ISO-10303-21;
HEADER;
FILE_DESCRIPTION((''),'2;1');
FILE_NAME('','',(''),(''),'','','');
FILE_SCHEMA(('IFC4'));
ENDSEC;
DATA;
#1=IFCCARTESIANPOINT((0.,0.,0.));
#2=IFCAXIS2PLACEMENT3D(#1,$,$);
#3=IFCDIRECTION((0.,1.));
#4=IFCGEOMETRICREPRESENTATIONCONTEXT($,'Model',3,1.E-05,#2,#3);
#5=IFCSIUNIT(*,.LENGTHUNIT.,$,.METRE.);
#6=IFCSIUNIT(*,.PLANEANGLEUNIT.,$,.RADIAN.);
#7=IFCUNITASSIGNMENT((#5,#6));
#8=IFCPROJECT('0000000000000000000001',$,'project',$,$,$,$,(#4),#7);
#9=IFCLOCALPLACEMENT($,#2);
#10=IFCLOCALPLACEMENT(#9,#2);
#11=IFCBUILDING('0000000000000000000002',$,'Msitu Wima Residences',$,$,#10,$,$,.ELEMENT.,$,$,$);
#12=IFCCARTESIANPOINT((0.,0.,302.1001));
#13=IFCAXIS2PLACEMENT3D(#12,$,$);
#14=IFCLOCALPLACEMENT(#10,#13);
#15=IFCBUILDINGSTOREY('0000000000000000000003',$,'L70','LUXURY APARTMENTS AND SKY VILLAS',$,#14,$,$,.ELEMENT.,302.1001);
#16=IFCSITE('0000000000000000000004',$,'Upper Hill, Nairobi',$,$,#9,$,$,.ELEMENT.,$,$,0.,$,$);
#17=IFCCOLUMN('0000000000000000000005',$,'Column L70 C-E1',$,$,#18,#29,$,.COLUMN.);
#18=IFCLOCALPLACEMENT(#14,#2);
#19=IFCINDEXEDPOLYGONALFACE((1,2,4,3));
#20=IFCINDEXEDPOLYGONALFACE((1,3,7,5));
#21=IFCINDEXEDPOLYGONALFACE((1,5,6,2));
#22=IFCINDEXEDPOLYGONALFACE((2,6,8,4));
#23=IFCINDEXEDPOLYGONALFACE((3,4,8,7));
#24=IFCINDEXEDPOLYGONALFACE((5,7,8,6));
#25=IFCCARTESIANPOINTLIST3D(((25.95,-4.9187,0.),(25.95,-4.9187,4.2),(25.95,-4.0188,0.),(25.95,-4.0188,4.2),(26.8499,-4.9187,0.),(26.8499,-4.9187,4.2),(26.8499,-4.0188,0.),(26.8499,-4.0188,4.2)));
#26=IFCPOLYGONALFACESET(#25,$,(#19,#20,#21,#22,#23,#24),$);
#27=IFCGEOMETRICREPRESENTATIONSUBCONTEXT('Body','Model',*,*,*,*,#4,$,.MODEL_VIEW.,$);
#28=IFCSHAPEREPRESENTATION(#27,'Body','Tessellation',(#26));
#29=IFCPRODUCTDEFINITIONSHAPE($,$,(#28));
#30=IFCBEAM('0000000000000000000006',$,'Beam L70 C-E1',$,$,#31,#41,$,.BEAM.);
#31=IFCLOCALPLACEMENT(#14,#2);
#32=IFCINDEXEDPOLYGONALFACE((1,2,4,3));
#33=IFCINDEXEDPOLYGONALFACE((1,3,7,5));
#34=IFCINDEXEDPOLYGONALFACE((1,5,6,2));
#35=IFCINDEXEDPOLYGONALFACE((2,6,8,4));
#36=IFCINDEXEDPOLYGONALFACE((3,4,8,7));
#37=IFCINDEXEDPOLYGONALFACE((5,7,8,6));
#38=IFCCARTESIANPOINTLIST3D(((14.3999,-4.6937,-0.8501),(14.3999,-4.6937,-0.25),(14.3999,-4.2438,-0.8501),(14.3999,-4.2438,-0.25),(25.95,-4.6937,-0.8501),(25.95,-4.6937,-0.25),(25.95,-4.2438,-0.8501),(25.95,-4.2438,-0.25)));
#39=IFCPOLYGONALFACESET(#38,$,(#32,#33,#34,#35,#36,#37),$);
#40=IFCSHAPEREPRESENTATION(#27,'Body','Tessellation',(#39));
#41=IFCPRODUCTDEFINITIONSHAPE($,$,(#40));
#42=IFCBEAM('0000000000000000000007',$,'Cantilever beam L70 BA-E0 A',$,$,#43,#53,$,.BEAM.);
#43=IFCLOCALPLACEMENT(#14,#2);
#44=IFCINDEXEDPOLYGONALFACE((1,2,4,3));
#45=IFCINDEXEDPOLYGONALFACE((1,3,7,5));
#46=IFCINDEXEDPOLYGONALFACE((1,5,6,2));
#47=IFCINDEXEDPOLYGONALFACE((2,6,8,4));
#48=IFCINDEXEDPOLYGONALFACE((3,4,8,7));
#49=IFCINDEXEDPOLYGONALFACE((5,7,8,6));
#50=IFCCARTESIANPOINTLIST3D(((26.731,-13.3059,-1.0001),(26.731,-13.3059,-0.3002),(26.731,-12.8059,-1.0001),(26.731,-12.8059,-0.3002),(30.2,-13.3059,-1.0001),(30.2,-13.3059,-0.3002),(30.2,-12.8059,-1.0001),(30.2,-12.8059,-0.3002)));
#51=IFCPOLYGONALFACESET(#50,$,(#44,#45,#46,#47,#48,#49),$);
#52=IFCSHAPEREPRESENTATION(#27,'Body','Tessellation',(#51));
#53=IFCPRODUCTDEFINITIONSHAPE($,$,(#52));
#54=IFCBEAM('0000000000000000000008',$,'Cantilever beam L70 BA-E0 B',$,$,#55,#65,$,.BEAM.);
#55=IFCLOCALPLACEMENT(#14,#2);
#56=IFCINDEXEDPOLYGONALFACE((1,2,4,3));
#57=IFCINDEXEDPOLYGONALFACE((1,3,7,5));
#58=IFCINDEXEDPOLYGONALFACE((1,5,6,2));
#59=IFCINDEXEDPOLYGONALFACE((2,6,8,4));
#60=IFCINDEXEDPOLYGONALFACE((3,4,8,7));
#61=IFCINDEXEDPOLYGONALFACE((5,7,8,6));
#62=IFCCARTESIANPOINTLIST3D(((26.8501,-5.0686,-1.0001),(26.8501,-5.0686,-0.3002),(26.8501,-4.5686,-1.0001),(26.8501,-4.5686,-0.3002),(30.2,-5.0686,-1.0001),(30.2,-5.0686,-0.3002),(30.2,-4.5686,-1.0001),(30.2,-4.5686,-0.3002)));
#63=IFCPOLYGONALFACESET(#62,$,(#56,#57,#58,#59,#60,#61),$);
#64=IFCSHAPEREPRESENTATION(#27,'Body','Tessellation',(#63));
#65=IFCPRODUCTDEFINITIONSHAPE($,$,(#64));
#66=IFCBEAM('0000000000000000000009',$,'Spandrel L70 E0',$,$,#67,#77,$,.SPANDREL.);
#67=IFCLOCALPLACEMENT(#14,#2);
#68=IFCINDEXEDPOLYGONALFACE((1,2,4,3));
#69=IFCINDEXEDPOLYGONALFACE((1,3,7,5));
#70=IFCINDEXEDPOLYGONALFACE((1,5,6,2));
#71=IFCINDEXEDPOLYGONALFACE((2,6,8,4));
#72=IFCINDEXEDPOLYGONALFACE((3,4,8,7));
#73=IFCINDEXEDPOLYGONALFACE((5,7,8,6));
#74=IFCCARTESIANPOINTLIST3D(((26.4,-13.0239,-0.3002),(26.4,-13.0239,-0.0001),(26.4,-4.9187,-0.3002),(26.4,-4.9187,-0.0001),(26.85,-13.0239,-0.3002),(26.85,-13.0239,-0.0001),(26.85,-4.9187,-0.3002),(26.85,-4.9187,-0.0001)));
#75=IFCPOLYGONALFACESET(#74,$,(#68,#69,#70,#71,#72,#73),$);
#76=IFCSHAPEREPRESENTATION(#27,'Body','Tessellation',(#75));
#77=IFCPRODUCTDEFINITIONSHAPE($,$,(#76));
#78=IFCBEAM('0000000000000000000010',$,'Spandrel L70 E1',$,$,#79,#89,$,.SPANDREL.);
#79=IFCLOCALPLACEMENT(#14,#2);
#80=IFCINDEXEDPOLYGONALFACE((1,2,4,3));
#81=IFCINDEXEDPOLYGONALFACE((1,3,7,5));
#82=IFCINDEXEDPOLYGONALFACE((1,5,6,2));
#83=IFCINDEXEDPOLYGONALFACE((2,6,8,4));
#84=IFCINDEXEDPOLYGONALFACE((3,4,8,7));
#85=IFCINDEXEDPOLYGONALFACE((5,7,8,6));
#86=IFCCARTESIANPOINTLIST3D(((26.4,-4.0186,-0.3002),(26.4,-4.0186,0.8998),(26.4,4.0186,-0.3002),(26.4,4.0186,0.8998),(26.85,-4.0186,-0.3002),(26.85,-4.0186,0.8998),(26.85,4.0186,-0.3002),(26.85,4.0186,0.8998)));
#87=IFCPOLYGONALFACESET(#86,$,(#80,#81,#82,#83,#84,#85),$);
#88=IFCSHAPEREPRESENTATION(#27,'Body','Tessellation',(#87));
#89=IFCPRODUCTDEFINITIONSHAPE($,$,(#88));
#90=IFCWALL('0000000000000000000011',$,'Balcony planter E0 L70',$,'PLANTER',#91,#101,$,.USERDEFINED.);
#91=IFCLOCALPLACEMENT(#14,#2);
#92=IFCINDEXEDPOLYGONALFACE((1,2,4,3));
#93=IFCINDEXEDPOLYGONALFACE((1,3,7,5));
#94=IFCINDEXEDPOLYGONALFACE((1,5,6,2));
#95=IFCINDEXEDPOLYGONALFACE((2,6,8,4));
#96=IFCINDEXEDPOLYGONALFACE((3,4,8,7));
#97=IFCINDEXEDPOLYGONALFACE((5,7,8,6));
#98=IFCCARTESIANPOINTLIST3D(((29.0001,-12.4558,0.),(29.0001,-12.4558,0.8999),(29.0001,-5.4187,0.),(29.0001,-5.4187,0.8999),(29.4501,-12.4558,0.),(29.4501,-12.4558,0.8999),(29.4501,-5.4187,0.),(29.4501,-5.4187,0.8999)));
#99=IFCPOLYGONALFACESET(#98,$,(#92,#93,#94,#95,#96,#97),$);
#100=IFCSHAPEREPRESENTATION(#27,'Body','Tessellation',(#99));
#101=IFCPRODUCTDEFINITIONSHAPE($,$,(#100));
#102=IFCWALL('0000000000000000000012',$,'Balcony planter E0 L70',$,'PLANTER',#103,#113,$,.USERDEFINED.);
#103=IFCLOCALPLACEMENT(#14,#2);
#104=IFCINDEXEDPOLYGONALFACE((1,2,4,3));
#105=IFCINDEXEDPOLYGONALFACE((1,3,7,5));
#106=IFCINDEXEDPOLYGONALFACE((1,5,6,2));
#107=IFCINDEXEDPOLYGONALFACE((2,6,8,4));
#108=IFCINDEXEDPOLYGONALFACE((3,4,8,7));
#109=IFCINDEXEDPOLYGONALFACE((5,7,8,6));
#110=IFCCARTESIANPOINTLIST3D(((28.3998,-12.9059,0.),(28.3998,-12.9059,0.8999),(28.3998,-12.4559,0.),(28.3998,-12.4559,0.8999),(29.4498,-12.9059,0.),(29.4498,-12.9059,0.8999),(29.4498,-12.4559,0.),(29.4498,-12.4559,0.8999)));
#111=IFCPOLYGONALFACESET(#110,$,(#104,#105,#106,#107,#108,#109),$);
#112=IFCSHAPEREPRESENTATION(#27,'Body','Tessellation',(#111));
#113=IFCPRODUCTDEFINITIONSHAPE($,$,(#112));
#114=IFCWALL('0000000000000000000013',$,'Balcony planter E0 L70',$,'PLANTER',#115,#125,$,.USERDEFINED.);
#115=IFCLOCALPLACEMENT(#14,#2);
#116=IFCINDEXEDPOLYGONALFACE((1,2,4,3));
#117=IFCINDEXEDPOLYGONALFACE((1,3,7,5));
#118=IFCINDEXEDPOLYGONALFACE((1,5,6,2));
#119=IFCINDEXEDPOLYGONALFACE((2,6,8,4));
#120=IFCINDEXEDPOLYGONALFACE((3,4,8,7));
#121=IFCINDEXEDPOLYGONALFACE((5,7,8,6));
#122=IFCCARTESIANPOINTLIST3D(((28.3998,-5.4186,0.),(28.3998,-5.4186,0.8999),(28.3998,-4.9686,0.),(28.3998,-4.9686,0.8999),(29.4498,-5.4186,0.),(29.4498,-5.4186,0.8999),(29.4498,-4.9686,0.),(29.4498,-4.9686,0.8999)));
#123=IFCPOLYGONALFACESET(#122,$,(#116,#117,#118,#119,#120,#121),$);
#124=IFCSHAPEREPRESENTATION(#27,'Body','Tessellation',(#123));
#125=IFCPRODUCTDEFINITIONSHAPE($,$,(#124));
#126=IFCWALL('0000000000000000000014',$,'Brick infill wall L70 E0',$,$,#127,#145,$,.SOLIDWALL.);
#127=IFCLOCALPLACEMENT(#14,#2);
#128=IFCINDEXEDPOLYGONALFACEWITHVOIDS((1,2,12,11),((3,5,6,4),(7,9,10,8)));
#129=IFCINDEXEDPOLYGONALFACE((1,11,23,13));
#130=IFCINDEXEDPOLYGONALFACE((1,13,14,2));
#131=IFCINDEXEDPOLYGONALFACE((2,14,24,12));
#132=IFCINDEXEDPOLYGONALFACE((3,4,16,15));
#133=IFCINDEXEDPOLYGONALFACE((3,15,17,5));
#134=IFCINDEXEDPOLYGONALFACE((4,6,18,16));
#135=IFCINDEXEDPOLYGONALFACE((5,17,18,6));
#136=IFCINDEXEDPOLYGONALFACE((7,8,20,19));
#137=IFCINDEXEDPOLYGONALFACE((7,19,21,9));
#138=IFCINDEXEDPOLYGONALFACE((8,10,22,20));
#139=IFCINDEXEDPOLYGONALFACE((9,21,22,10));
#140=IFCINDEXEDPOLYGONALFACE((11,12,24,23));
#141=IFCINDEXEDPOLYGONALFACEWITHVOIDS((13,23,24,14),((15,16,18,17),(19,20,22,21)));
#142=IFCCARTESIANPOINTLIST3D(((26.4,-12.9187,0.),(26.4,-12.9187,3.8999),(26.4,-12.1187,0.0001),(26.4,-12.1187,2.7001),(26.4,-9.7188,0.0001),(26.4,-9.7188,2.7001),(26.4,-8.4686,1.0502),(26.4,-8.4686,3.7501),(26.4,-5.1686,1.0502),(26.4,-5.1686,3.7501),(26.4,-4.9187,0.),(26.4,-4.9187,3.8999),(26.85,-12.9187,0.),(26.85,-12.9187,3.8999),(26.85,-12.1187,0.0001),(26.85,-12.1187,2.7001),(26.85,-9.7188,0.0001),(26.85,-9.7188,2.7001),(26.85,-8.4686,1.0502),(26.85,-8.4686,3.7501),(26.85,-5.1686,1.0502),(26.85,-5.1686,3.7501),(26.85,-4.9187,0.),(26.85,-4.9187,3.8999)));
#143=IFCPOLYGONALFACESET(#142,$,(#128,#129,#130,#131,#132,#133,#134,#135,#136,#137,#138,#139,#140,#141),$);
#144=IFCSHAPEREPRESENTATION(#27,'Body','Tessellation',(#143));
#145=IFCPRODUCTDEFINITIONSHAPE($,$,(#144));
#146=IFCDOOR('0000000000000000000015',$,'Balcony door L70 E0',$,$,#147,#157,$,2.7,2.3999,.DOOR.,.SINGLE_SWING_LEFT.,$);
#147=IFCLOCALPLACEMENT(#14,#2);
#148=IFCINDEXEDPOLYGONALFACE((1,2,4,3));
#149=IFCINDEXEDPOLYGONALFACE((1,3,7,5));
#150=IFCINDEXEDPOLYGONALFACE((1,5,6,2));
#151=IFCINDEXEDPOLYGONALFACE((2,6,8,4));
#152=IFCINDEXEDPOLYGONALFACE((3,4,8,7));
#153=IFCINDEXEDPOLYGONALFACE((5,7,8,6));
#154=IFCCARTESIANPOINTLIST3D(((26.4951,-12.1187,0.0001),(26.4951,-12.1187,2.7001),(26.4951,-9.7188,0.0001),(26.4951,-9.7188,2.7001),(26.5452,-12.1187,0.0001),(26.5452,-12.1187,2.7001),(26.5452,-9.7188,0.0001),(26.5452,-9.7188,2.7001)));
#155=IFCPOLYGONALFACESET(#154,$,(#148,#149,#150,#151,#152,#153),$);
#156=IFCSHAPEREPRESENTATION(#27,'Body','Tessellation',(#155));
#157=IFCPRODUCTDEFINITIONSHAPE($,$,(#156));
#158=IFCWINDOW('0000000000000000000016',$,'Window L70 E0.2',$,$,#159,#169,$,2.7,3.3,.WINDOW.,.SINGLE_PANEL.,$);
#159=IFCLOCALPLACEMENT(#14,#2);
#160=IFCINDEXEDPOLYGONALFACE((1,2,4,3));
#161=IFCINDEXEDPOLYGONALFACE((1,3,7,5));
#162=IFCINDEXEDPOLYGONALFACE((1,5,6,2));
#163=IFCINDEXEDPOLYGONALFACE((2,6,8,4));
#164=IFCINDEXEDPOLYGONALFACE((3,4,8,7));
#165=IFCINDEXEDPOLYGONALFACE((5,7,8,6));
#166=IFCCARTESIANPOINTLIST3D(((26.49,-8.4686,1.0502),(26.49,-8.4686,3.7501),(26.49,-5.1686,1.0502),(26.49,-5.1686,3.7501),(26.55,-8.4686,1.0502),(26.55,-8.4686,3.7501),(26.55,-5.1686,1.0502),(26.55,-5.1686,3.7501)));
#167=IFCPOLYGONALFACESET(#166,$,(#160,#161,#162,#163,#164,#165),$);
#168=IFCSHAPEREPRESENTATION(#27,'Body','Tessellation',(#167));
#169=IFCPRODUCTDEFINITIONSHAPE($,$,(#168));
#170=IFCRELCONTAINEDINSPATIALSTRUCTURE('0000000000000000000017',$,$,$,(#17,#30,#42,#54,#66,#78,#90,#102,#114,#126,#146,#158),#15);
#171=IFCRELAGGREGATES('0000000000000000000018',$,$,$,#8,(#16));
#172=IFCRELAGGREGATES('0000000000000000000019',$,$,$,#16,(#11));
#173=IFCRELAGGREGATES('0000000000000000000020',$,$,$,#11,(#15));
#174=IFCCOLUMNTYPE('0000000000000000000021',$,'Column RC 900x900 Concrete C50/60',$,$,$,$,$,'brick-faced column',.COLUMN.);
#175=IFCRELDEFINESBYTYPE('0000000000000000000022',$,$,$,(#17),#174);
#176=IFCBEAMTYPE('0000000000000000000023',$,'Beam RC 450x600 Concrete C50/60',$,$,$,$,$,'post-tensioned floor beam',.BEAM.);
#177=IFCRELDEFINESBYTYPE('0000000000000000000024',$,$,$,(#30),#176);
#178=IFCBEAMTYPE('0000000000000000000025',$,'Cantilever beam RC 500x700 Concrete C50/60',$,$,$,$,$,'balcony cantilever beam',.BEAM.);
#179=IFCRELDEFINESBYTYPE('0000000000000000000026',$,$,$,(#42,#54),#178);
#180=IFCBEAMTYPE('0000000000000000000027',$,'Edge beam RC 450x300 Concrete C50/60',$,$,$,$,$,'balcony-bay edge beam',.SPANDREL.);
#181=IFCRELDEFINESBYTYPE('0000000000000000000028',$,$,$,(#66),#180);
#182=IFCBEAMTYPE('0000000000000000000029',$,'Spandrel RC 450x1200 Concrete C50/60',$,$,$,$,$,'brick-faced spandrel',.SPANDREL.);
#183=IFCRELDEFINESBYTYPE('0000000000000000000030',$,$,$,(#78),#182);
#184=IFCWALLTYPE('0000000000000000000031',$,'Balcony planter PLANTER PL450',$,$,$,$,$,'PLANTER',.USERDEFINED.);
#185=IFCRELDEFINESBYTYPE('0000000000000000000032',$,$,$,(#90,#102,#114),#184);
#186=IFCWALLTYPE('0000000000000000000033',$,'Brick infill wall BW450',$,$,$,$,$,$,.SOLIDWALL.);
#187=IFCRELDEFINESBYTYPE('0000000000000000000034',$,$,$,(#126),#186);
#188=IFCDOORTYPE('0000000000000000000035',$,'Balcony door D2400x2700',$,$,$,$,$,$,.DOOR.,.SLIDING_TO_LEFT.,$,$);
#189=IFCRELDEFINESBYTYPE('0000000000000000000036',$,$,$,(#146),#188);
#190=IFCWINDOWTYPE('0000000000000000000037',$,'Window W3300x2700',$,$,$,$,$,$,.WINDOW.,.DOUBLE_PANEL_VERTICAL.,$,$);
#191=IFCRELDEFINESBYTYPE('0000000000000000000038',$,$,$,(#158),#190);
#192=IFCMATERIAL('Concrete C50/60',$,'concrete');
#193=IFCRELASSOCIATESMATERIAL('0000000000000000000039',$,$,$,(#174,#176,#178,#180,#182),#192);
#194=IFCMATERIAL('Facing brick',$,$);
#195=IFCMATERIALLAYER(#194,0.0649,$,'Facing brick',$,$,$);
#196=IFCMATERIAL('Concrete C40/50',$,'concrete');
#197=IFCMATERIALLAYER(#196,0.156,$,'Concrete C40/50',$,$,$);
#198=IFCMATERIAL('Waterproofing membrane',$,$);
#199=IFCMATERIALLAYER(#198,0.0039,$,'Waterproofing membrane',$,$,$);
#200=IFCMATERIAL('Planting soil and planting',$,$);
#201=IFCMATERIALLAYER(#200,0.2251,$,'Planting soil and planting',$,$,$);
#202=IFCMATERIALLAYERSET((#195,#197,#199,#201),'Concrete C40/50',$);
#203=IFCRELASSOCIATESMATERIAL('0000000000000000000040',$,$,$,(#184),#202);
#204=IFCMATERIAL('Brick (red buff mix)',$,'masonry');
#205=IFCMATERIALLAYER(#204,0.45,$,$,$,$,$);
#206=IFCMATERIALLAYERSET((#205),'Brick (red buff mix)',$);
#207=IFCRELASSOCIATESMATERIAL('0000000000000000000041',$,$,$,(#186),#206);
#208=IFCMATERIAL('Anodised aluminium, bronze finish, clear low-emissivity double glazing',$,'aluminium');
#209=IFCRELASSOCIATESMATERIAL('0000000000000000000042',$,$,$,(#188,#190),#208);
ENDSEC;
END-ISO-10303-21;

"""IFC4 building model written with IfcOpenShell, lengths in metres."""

from ifc_helpers import new_model, si_unit, direction, frame, frame_2d, origin, origin_2d, place, context, subcontext, project, spatial, rectangle, extrude, material, layer, layer_set, material_profile, profile_set, type_object, element, fill, save


model = new_model("IFC4")

# Units and contexts
model_context = context("Model", 3, precision=1e-05, world=origin(), true_north=direction((0.0, 1.0)))
body_context = subcontext(model_context, "Body", "Model", "MODEL_VIEW")
ifc_project = project(units=[si_unit("LENGTHUNIT", "METRE"), si_unit("PLANEANGLEUNIT", "RADIAN")], contexts=[model_context])

# Site, building, storey
site_placement = place(None, origin())
site = spatial("IfcSite", under=ifc_project, at=site_placement, Name="Upper Hill, Nairobi", CompositionType="ELEMENT", RefElevation=0.0)
building_placement = place(site_placement, origin())
building = spatial("IfcBuilding", under=site, at=building_placement, Name="Msitu Wima Residences", CompositionType="ELEMENT")
storey_placement = place(building_placement, frame((0.0, 0.0, 302.1001)))
storey = spatial("IfcBuildingStorey", under=building, at=storey_placement, Name="L70", Description="LUXURY APARTMENTS AND SKY VILLAS", CompositionType="ELEMENT", Elevation=302.1001)

# Column
ifc_material_1 = material(Name="Concrete C50/60", Category="concrete")
ifc_material_profile_1 = material_profile(ifc_material_1, rectangle(XDim=0.8999, YDim=0.8999, at=origin_2d()), Name="RC 900x900")
ifc_profile_set_1 = profile_set([ifc_material_profile_1], Name="Concrete C50/60")
column_type = type_object("IfcColumnType", Name="Column RC 900x900 Concrete C50/60", ElementType="brick-faced column", PredefinedType="COLUMN", material=ifc_profile_set_1)
column_placement = place(storey_placement, frame((26.3999, -4.4688, 0.0), z_axis=(0.0, 0.0, 1.0), x_axis=(0.0, 1.0, 0.0)))
element("IfcColumn", 1, at=column_placement, inside=storey, type_object=column_type, Name="Column L70 C-E1", PredefinedType="COLUMN", context=body_context, shape_type="SweptSolid", body=[
    extrude(rectangle(XDim=0.8999, YDim=0.8999, at=origin_2d()), origin(), (0.0, 0.0, 1.0), 4.2),
])

# Beams
ifc_material_profile_2 = material_profile(ifc_material_1, rectangle(XDim=0.45, YDim=0.6001, at=origin_2d()), Name="RC 450x600")
ifc_profile_set_2 = profile_set([ifc_material_profile_2], Name="Concrete C50/60")
beam_type_1 = type_object("IfcBeamType", Name="Beam RC 450x600 Concrete C50/60", ElementType="post-tensioned floor beam", PredefinedType="BEAM", material=ifc_profile_set_2)
beam_1_placement = place(storey_placement, frame((25.95, -4.4688, -0.55), z_axis=(-1.0, 0.0, 0.0), x_axis=(0.0, -1.0, 0.0)))
element("IfcBeam", 2, at=beam_1_placement, inside=storey, type_object=beam_type_1, Name="Beam L70 C-E1", PredefinedType="BEAM", context=body_context, shape_type="SweptSolid", body=[
    extrude(rectangle(XDim=0.45, YDim=0.6001, at=origin_2d()), origin(), (0.0, 0.0, 1.0), 11.55),
])
ifc_material_profile_3 = material_profile(ifc_material_1, rectangle(XDim=0.5, YDim=0.7, at=origin_2d()), Name="RC 500x700")
ifc_profile_set_3 = profile_set([ifc_material_profile_3], Name="Concrete C50/60")
beam_type_2 = type_object("IfcBeamType", Name="Cantilever beam RC 500x700 Concrete C50/60", ElementType="balcony cantilever beam", PredefinedType="BEAM", material=ifc_profile_set_3)
beam_2_placement = place(storey_placement, frame((26.731, -13.0559, -0.6501), z_axis=(1.0, 0.0, 0.0), x_axis=(0.0, 1.0, 0.0)))
element("IfcBeam", 3, at=beam_2_placement, inside=storey, type_object=beam_type_2, Name="Cantilever beam L70 BA-E0 A", PredefinedType="BEAM", context=body_context, shape_type="SweptSolid", body=[
    extrude(rectangle(XDim=0.5, YDim=0.7, at=origin_2d()), origin(), (0.0, 0.0, 1.0), 3.469),
])
beam_3_placement = place(storey_placement, frame((26.8501, -4.8186, -0.6501), z_axis=(1.0, 0.0, 0.0), x_axis=(0.0, 1.0, 0.0)))
element("IfcBeam", 4, at=beam_3_placement, inside=storey, type_object=beam_type_2, Name="Cantilever beam L70 BA-E0 B", PredefinedType="BEAM", context=body_context, shape_type="SweptSolid", body=[
    extrude(rectangle(XDim=0.5, YDim=0.7, at=origin_2d()), origin(), (0.0, 0.0, 1.0), 3.3499),
])
ifc_material_profile_4 = material_profile(ifc_material_1, rectangle(XDim=0.45, YDim=0.3, at=origin_2d()), Name="RC 450x300")
ifc_profile_set_4 = profile_set([ifc_material_profile_4], Name="Concrete C50/60")
beam_type_3 = type_object("IfcBeamType", Name="Edge beam RC 450x300 Concrete C50/60", ElementType="balcony-bay edge beam", PredefinedType="SPANDREL", material=ifc_profile_set_4)
beam_4_placement = place(storey_placement, frame((26.625, -13.0239, -0.1501), z_axis=(0.0, 1.0, 0.0), x_axis=(-1.0, 0.0, 0.0)))
element("IfcBeam", 5, at=beam_4_placement, inside=storey, type_object=beam_type_3, Name="Spandrel L70 E0", PredefinedType="SPANDREL", context=body_context, shape_type="SweptSolid", body=[
    extrude(rectangle(XDim=0.45, YDim=0.3, at=origin_2d()), origin(), (0.0, 0.0, 1.0), 8.1052),
])
ifc_material_profile_5 = material_profile(ifc_material_1, rectangle(XDim=0.45, YDim=1.2, at=origin_2d()), Name="RC 450x1200")
ifc_profile_set_5 = profile_set([ifc_material_profile_5], Name="Concrete C50/60")
beam_type_4 = type_object("IfcBeamType", Name="Spandrel RC 450x1200 Concrete C50/60", ElementType="brick-faced spandrel", PredefinedType="SPANDREL", material=ifc_profile_set_5)
beam_5_placement = place(storey_placement, frame((26.625, -4.0186, 0.2998), z_axis=(0.0, 1.0, 0.0), x_axis=(-1.0, 0.0, 0.0)))
element("IfcBeam", 6, at=beam_5_placement, inside=storey, type_object=beam_type_4, Name="Spandrel L70 E1", PredefinedType="SPANDREL", context=body_context, shape_type="SweptSolid", body=[
    extrude(rectangle(XDim=0.45, YDim=1.2, at=origin_2d()), origin(), (0.0, 0.0, 1.0), 8.0371),
])

# Walls
ifc_material_2 = material(Name="Facing brick")
ifc_layer_1 = layer(ifc_material_2, 0.0649, Name="Facing brick")
ifc_material_3 = material(Name="Concrete C40/50", Category="concrete")
ifc_layer_2 = layer(ifc_material_3, 0.156, Name="Concrete C40/50")
ifc_material_4 = material(Name="Waterproofing membrane")
ifc_layer_3 = layer(ifc_material_4, 0.0039, Name="Waterproofing membrane")
ifc_material_5 = material(Name="Planting soil and planting")
ifc_layer_4 = layer(ifc_material_5, 0.2251, Name="Planting soil and planting")
ifc_layer_set_1 = layer_set([ifc_layer_1, ifc_layer_2, ifc_layer_3, ifc_layer_4], Name="Concrete C40/50")
wall_type_1 = type_object("IfcWallType", Name="Balcony planter PLANTER PL450", ElementType="PLANTER", PredefinedType="USERDEFINED", material=ifc_layer_set_1)
wall_1_placement = place(storey_placement, frame((29.2251, -12.4558, 0.0), z_axis=(0.0, 0.0, 1.0), x_axis=(0.0, 1.0, 0.0)))
element("IfcWall", 7, at=wall_1_placement, inside=storey, type_object=wall_type_1, Name="Balcony planter E0 L70", ObjectType="PLANTER", PredefinedType="USERDEFINED", context=body_context, shape_type="SweptSolid", body=[
    extrude(rectangle(XDim=7.0371, YDim=0.45, at=frame_2d((3.5186, 0.0))), origin(), (0.0, 0.0, 1.0), 0.8999),
])
for number, where, z_axis, x_axis, name in (
    (8, (28.3999, -12.6809, 0.0), (0.0, 0.0, 1.0), (1.0, 0.0, 0.0), "Balcony planter E0 L70"),
    (9, (28.3999, -5.1936, 0.0), (0.0, 0.0, 1.0), (1.0, 0.0, 0.0), "Balcony planter E0 L70"),
):
    element("IfcWall", number, at=place(storey_placement, frame(where, z_axis=z_axis, x_axis=x_axis)), inside=storey, type_object=wall_type_1, Name=name, ObjectType="PLANTER", PredefinedType="USERDEFINED", context=body_context, shape_type="SweptSolid", body=[
        extrude(rectangle(XDim=1.05, YDim=0.45, at=frame_2d((0.5249, 0.0))), origin(), (0.0, 0.0, 1.0), 0.8999),
    ])

# Wall, openings, door, window
ifc_material_6 = material(Name="Brick (red buff mix)", Category="masonry")
ifc_layer_5 = layer(ifc_material_6, 0.45)
ifc_layer_set_2 = layer_set([ifc_layer_5], Name="Brick (red buff mix)")
wall_type_2 = type_object("IfcWallType", Name="Brick infill wall BW450", PredefinedType="SOLIDWALL", material=ifc_layer_set_2)
wall_2_placement = place(storey_placement, frame((26.625, -12.9187, 0.0), z_axis=(0.0, 0.0, 1.0), x_axis=(0.0, 1.0, 0.0)))
wall_2 = element("IfcWall", 10, at=wall_2_placement, inside=storey, type_object=wall_type_2, Name="Brick infill wall L70 E0", PredefinedType="SOLIDWALL", context=body_context, shape_type="SweptSolid", body=[
    extrude(rectangle(XDim=8.0, YDim=0.45, at=frame_2d((4.0, 0.0))), origin(), (0.0, 0.0, 1.0), 3.8999),
])
opening_1_placement = place(wall_2_placement, frame((0.8, 0.0, 0.0)))
opening_1 = element("IfcOpeningElement", 11, at=opening_1_placement, cuts=wall_2, PredefinedType="OPENING", context=body_context, shape_type="SweptSolid", body=[
    extrude(rectangle(XDim=2.3999, YDim=2.7, at=frame_2d((1.2, 1.3501))), frame((0.0, 0.2349, 0.0), z_axis=(0.0, -1.0, 0.0), x_axis=(1.0, 0.0, 0.0)), (0.0, 0.0, 1.0), 0.47),
])
opening_2_placement = place(wall_2_placement, frame((4.4502, 0.0, 1.05)))
opening_2 = element("IfcOpeningElement", 12, at=opening_2_placement, cuts=wall_2, PredefinedType="OPENING", context=body_context, shape_type="SweptSolid", body=[
    extrude(rectangle(XDim=3.3, YDim=2.7, at=frame_2d((1.6499, 1.3501))), frame((0.0, 0.2349, 0.0), z_axis=(0.0, -1.0, 0.0), x_axis=(1.0, 0.0, 0.0)), (0.0, 0.0, 1.0), 0.47),
])
ifc_material_7 = material(Name="Anodised aluminium, bronze finish, clear low-emissivity double glazing", Category="aluminium")
door_type_1 = type_object("IfcDoorType", Name="Balcony door D2400x2700", OperationType="SLIDING_TO_LEFT", PredefinedType="DOOR", material=ifc_material_7)
door_1_placement = place(opening_1_placement, origin())
door_1 = element("IfcDoor", 13, at=door_1_placement, inside=storey, type_object=door_type_1, Name="Balcony door L70 E0", OperationType="SINGLE_SWING_LEFT", OverallHeight=2.7, OverallWidth=2.3999, PredefinedType="DOOR", context=body_context, shape_type="SweptSolid", body=[
    extrude(rectangle(XDim=2.3999, YDim=2.7, at=frame_2d((1.2, 1.3501))), frame((0.0, 0.1299, 0.0), z_axis=(0.0, -1.0, 0.0), x_axis=(1.0, 0.0, 0.0)), (0.0, 0.0, 1.0), 0.05),
])
fill(opening_1, door_1)
window_type = type_object("IfcWindowType", Name="Window W3300x2700", PartitioningType="DOUBLE_PANEL_VERTICAL", PredefinedType="WINDOW", material=ifc_material_7)
window_1_placement = place(opening_2_placement, origin())
window_1 = element("IfcWindow", 14, at=window_1_placement, inside=storey, type_object=window_type, Name="Window L70 E0.2", OverallHeight=2.7, OverallWidth=3.3, PartitioningType="SINGLE_PANEL", PredefinedType="WINDOW", context=body_context, shape_type="SweptSolid", body=[
    extrude(rectangle(XDim=3.3, YDim=2.7, at=frame_2d((1.6499, 1.3501))), frame((0.0, 0.135, 0.0), z_axis=(0.0, -1.0, 0.0), x_axis=(1.0, 0.0, 0.0)), (0.0, 0.0, 1.0), 0.0601),
])
fill(opening_2, window_1)

save(model, "model.ifc")
